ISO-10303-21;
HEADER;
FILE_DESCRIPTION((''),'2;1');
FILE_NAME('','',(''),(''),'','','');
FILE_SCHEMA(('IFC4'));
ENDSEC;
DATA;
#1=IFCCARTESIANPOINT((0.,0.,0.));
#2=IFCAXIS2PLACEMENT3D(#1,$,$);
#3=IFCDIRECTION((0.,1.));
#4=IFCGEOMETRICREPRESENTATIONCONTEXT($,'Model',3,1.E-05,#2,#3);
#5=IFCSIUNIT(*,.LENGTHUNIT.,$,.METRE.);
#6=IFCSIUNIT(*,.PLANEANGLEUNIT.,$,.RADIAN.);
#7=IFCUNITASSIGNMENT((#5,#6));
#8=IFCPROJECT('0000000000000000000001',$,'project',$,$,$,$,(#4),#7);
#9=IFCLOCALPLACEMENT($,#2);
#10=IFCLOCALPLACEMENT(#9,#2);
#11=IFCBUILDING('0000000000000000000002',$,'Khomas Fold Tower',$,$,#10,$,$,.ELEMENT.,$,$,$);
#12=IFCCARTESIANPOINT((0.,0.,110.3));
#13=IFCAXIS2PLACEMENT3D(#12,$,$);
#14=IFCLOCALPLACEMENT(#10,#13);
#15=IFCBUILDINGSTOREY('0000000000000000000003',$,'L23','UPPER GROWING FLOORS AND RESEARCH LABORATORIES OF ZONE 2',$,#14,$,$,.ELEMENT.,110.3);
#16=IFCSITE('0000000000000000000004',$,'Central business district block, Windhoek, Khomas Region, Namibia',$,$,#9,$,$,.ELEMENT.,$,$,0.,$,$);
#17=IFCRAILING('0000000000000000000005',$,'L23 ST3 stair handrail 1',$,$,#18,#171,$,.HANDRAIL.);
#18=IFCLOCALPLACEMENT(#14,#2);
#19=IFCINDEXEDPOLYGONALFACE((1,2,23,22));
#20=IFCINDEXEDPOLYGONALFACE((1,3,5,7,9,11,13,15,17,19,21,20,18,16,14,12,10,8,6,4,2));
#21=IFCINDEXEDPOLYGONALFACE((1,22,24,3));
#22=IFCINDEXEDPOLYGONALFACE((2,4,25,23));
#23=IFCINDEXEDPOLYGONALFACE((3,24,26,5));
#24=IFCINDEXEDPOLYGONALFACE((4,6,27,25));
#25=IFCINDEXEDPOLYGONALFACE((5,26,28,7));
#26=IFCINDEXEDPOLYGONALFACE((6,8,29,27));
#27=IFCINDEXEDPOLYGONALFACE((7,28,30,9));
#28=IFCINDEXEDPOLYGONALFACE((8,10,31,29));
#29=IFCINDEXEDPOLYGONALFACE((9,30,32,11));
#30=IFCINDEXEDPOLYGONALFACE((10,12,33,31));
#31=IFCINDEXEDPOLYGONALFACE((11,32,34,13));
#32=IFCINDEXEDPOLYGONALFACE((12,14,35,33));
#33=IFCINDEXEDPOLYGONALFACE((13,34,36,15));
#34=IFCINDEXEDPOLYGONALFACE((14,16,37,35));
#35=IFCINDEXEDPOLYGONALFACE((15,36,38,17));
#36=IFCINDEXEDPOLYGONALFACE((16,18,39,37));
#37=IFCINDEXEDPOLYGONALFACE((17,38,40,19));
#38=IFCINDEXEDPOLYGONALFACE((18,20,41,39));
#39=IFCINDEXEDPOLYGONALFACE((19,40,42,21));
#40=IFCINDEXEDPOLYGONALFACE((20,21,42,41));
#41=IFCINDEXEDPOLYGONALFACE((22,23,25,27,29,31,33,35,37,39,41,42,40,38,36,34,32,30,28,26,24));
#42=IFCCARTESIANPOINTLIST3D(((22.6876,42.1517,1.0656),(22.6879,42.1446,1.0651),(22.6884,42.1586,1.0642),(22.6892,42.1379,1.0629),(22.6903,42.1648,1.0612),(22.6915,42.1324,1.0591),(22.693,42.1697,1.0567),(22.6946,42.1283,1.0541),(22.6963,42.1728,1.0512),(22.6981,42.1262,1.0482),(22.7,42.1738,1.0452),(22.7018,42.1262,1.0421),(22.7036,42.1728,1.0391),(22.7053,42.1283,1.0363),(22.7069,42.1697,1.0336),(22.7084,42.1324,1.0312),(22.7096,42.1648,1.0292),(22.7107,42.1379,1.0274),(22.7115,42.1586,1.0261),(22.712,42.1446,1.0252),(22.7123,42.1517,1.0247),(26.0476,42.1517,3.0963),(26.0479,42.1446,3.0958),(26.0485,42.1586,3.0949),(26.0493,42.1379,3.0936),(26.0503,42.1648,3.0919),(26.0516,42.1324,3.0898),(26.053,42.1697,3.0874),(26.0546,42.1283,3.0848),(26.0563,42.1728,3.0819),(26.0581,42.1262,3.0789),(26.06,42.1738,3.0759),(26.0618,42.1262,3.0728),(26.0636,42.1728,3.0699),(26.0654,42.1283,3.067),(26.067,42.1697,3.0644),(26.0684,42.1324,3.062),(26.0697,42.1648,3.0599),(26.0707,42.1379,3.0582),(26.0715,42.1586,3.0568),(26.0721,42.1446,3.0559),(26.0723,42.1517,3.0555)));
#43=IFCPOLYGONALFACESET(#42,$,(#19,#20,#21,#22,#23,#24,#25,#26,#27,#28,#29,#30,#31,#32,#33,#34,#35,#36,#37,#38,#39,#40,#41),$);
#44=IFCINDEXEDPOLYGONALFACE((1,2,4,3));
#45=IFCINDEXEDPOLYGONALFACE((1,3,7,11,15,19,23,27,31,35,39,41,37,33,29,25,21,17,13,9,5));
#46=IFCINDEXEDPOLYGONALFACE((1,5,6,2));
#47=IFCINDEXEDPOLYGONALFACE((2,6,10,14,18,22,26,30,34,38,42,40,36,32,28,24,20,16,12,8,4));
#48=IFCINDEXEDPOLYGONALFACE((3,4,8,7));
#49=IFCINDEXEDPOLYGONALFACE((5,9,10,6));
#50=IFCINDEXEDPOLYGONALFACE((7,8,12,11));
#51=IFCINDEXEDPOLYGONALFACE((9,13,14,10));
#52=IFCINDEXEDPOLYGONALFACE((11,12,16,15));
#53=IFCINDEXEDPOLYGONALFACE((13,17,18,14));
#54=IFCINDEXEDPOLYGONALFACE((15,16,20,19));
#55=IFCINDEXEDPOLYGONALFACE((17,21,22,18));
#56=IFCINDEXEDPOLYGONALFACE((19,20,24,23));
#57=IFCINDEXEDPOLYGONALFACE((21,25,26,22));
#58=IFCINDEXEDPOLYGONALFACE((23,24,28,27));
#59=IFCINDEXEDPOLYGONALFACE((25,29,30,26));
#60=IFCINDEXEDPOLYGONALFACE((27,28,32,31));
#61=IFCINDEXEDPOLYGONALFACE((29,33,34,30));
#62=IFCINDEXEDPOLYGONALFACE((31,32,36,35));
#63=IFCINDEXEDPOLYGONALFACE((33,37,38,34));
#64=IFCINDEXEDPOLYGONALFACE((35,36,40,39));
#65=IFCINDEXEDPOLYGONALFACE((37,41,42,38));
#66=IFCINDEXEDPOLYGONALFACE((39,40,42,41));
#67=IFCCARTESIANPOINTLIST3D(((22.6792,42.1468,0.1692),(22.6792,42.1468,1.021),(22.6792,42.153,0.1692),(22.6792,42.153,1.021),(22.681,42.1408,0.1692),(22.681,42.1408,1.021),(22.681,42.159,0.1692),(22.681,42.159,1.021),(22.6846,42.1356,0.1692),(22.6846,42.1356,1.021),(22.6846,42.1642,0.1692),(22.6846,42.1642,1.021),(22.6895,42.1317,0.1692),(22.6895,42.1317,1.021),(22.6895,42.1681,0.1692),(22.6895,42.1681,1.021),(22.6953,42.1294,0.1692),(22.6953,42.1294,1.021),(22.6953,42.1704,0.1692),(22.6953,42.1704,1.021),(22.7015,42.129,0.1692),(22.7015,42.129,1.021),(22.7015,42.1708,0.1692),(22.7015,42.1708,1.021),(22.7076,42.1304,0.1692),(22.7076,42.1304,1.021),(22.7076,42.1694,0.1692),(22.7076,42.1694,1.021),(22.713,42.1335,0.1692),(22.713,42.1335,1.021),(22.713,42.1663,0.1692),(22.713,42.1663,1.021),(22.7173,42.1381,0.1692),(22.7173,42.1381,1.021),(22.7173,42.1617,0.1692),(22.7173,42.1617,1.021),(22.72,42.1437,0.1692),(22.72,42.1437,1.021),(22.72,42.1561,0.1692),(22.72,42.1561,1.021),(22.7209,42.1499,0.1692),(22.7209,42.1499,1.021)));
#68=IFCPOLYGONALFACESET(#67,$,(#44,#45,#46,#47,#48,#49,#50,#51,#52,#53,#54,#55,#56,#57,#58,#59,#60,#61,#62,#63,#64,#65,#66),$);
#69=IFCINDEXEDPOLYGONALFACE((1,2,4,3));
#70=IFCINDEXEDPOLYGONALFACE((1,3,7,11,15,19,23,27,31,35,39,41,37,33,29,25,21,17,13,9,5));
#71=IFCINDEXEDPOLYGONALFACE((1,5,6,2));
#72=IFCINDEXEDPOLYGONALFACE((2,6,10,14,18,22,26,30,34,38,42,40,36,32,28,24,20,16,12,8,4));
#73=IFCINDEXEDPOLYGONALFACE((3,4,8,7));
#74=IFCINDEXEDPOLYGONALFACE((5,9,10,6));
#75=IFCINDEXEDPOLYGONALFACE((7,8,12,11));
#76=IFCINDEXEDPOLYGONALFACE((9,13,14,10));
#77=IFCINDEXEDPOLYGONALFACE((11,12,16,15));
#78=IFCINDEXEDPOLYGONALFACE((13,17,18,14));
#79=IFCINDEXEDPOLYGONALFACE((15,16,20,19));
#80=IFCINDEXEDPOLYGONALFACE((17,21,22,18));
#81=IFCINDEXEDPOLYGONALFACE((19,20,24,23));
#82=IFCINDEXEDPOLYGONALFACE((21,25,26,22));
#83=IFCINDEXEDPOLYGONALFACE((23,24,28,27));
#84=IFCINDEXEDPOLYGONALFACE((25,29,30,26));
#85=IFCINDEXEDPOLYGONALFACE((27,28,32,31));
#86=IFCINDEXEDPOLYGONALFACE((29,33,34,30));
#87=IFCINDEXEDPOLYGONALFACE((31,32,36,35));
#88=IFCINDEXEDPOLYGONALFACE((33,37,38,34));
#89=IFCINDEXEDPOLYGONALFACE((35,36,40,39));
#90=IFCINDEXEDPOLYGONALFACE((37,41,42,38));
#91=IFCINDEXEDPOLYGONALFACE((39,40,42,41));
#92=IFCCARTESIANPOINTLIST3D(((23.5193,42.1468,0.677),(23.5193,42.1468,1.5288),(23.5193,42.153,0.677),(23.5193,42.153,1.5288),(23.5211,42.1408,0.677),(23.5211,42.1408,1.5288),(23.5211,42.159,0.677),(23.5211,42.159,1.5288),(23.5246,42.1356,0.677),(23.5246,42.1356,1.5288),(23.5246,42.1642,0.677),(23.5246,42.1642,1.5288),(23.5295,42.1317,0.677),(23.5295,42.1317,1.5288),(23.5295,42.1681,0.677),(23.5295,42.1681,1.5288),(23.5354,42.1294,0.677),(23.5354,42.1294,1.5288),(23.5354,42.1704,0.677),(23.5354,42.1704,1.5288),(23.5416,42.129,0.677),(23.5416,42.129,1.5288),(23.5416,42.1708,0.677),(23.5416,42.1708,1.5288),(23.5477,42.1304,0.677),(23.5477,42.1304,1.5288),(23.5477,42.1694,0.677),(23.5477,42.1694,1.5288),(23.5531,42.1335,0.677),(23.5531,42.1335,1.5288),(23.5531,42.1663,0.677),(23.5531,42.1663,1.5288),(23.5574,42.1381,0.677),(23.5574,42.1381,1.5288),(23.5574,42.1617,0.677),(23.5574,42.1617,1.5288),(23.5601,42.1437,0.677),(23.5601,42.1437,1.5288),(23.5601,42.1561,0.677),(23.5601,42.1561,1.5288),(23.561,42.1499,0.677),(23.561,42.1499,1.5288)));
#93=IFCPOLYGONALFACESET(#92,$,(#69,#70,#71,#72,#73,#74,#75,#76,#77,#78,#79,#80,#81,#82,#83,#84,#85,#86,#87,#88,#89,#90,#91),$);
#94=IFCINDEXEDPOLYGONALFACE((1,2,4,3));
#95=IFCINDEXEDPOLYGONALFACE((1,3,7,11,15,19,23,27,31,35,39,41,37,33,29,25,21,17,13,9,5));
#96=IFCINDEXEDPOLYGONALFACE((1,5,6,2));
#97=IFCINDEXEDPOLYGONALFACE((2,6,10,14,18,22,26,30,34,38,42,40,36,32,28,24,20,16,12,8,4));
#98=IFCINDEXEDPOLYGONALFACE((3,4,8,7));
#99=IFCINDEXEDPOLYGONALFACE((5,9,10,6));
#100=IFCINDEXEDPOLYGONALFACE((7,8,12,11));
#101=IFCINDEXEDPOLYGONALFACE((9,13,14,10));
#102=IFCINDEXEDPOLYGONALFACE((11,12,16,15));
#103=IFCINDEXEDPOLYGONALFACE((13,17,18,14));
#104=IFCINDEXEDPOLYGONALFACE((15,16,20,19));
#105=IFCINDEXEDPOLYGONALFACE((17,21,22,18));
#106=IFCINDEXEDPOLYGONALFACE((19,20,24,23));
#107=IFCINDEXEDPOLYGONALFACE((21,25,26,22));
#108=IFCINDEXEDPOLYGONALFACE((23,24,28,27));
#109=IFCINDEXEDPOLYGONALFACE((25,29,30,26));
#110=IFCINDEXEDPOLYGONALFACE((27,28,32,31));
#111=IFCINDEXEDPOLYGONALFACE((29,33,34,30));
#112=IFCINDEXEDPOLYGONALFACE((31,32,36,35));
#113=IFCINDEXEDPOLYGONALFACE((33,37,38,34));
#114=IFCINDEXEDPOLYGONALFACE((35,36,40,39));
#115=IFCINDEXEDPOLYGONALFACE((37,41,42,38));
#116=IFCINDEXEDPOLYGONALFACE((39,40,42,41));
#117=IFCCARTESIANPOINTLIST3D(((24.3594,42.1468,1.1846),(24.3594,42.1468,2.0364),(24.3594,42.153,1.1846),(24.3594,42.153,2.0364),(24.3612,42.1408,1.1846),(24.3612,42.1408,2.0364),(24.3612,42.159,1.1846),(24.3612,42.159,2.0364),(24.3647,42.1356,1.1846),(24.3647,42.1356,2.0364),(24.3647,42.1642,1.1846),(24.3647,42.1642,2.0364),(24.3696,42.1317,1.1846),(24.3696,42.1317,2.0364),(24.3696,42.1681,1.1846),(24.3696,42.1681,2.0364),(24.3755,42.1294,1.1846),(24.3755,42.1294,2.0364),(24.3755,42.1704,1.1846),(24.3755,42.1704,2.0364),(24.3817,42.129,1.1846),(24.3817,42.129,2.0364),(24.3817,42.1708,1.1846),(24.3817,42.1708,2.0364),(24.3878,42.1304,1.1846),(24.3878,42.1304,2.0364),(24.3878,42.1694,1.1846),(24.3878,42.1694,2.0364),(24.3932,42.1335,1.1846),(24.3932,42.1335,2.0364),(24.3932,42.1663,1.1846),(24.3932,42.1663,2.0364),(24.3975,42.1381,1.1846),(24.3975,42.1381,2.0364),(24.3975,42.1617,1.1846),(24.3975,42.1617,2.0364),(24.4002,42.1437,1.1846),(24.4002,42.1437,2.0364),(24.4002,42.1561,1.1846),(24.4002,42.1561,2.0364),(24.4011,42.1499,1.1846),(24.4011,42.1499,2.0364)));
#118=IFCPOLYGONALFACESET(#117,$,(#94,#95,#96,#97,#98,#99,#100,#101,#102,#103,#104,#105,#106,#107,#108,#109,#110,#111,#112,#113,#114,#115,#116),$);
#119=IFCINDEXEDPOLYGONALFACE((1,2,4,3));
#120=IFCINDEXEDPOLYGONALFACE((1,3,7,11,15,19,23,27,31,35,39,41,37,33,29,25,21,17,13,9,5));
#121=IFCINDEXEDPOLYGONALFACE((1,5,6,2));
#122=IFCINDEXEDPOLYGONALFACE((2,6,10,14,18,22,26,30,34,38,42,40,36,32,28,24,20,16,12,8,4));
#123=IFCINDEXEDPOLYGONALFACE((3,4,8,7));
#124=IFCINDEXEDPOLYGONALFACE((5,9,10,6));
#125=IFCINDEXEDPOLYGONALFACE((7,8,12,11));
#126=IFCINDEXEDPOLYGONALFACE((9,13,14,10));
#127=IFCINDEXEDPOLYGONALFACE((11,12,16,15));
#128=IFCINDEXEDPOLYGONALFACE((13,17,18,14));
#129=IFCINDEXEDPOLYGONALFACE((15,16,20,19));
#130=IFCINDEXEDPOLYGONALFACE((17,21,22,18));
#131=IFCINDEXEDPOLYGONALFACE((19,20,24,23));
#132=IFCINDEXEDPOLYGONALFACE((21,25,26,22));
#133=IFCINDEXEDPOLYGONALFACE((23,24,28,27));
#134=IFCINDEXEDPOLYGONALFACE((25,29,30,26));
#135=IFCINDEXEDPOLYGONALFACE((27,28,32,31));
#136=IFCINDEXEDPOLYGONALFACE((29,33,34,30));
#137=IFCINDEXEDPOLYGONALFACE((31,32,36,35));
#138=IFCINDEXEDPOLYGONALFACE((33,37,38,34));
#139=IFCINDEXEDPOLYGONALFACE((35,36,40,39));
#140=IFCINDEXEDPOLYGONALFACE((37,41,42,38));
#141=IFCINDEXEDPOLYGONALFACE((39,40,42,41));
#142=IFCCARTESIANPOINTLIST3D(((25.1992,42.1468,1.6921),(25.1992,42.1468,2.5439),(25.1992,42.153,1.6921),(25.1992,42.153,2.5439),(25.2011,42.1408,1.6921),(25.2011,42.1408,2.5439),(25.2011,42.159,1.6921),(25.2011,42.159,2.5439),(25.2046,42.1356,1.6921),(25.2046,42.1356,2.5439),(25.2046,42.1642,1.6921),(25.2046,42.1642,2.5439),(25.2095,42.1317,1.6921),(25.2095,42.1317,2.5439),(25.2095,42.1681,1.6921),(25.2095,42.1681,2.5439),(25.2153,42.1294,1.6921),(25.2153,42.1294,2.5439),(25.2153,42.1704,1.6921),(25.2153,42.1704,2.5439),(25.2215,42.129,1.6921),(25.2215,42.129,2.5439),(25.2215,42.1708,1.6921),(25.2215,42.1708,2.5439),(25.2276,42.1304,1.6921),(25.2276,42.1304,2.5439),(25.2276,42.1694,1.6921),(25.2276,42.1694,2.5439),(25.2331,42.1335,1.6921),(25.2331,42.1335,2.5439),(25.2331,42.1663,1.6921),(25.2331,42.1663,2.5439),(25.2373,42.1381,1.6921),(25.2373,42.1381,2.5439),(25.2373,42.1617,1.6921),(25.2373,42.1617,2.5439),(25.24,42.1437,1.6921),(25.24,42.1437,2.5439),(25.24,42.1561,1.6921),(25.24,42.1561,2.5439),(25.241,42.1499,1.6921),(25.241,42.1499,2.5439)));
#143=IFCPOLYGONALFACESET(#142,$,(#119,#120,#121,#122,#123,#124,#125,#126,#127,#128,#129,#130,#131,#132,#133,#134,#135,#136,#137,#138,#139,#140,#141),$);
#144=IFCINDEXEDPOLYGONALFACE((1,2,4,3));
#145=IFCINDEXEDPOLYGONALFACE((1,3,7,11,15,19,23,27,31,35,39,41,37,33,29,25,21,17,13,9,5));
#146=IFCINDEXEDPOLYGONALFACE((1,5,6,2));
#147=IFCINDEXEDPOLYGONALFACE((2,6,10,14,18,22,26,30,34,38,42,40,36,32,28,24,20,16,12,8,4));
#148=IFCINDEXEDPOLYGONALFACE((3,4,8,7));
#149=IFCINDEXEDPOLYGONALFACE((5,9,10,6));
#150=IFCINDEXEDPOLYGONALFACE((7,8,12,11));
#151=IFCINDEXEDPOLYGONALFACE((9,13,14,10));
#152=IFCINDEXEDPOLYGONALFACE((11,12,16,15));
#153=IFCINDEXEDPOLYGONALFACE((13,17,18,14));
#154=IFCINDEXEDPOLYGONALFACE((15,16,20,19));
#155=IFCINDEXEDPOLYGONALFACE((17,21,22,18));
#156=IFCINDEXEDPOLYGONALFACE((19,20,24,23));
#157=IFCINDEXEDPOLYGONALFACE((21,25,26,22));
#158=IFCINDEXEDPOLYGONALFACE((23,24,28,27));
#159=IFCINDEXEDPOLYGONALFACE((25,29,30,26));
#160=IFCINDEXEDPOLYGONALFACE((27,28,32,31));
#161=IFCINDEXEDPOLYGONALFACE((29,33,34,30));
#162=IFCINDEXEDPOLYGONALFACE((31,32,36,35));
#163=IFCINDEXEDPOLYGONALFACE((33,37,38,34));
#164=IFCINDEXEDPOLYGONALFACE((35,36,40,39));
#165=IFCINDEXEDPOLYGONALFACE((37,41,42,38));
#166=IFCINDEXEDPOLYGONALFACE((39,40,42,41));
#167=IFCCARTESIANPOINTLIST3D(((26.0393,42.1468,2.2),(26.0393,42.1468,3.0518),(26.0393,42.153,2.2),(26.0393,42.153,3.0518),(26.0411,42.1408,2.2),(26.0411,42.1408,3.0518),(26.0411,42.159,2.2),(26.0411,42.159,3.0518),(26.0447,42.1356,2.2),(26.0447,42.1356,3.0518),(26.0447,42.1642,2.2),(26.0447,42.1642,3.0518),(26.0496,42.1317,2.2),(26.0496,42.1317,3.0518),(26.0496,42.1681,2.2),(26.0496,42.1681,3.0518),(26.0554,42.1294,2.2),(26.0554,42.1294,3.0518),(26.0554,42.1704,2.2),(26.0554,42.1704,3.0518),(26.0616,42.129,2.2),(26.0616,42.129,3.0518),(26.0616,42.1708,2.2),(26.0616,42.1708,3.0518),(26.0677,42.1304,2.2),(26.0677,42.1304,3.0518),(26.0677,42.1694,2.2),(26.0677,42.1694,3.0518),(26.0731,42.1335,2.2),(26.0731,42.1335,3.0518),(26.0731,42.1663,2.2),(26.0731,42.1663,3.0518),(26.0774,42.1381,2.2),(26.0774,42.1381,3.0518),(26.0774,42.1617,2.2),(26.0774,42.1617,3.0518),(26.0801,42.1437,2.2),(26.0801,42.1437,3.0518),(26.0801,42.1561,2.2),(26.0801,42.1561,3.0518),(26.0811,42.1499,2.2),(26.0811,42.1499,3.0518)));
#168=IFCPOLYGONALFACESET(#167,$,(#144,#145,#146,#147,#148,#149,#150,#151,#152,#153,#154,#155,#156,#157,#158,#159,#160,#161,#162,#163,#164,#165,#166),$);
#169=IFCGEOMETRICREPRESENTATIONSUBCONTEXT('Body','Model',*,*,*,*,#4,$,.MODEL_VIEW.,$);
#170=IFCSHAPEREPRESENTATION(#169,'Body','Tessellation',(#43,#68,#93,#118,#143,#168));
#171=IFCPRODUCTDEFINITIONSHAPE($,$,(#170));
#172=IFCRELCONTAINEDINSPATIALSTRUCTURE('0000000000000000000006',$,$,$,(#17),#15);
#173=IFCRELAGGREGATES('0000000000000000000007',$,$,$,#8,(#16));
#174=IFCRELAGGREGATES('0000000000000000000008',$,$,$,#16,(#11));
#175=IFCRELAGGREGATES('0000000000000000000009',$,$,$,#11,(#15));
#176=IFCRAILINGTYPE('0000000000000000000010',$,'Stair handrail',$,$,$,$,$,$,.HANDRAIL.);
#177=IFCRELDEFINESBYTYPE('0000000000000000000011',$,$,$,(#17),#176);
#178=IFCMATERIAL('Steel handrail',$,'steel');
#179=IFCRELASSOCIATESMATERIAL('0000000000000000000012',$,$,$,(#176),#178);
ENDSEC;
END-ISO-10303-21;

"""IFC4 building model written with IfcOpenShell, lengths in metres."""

from ifc_helpers import new_model, si_unit, direction, frame, origin, origin_2d, place, context, subcontext, project, spatial, circle, extrude, source, transform, mapped, material, type_object, element, save


model = new_model("IFC4")

# Units and contexts
model_context = context("Model", 3, precision=1e-05, world=origin(), true_north=direction((0.0, 1.0)))
body_context = subcontext(model_context, "Body", "Model", "MODEL_VIEW")
ifc_project = project(units=[si_unit("LENGTHUNIT", "METRE"), si_unit("PLANEANGLEUNIT", "RADIAN")], contexts=[model_context])

# Site, building, storey
site_placement = place(None, origin())
site = spatial("IfcSite", under=ifc_project, at=site_placement, Name="Central business district block, Windhoek, Khomas Region, Namibia", CompositionType="ELEMENT", RefElevation=0.0)
building_placement = place(site_placement, origin())
building = spatial("IfcBuilding", under=site, at=building_placement, Name="Khomas Fold Tower", CompositionType="ELEMENT")
storey_placement = place(building_placement, frame((0.0, 0.0, 110.3)))
storey = spatial("IfcBuildingStorey", under=building, at=storey_placement, Name="L23", Description="UPPER GROWING FLOORS AND RESEARCH LABORATORIES OF ZONE 2", CompositionType="ELEMENT", Elevation=110.3)

# Railing
ifc_material_1 = material(Name="Steel handrail", Category="steel")
railing_type = type_object("IfcRailingType", Name="Stair handrail", PredefinedType="HANDRAIL", material=ifc_material_1)
shared_shape_1 = source(origin(), body_context, "Body", "SweptSolid", [
    extrude(circle(Radius=0.0239, at=origin_2d()), frame((0.0, 0.0, 0.876), z_axis=(0.855837, 0.0, 0.517246), x_axis=(0.0, 1.0, 0.0)), (0.0, 0.0, 1.0), 3.926),
    extrude(circle(Radius=0.021, at=origin_2d()), origin(), (0.0, 0.0, 1.0), 0.8518),
    extrude(circle(Radius=0.021, at=origin_2d()), frame((0.8401, 0.0, 0.5078)), (0.0, 0.0, 1.0), 0.8518),
    extrude(circle(Radius=0.021, at=origin_2d()), frame((1.6802, 0.0, 1.0154)), (0.0, 0.0, 1.0), 0.8518),
    extrude(circle(Radius=0.021, at=origin_2d()), frame((2.52, 0.0, 1.5229)), (0.0, 0.0, 1.0), 0.8518),
    extrude(circle(Radius=0.021, at=origin_2d()), frame((3.3601, 0.0, 2.0308)), (0.0, 0.0, 1.0), 0.8518),
])
railing_placement = place(storey_placement, frame((22.7, 42.1499, 0.1692)))
element("IfcRailing", 1, at=railing_placement, inside=storey, type_object=railing_type, Name="L23 ST3 stair handrail 1", PredefinedType="HANDRAIL", context=body_context, shape_type="MappedRepresentation", body=[
    mapped(shared_shape_1, transform((0.0, 0.0, 0.0))),
])

save(model, "model.ifc")
